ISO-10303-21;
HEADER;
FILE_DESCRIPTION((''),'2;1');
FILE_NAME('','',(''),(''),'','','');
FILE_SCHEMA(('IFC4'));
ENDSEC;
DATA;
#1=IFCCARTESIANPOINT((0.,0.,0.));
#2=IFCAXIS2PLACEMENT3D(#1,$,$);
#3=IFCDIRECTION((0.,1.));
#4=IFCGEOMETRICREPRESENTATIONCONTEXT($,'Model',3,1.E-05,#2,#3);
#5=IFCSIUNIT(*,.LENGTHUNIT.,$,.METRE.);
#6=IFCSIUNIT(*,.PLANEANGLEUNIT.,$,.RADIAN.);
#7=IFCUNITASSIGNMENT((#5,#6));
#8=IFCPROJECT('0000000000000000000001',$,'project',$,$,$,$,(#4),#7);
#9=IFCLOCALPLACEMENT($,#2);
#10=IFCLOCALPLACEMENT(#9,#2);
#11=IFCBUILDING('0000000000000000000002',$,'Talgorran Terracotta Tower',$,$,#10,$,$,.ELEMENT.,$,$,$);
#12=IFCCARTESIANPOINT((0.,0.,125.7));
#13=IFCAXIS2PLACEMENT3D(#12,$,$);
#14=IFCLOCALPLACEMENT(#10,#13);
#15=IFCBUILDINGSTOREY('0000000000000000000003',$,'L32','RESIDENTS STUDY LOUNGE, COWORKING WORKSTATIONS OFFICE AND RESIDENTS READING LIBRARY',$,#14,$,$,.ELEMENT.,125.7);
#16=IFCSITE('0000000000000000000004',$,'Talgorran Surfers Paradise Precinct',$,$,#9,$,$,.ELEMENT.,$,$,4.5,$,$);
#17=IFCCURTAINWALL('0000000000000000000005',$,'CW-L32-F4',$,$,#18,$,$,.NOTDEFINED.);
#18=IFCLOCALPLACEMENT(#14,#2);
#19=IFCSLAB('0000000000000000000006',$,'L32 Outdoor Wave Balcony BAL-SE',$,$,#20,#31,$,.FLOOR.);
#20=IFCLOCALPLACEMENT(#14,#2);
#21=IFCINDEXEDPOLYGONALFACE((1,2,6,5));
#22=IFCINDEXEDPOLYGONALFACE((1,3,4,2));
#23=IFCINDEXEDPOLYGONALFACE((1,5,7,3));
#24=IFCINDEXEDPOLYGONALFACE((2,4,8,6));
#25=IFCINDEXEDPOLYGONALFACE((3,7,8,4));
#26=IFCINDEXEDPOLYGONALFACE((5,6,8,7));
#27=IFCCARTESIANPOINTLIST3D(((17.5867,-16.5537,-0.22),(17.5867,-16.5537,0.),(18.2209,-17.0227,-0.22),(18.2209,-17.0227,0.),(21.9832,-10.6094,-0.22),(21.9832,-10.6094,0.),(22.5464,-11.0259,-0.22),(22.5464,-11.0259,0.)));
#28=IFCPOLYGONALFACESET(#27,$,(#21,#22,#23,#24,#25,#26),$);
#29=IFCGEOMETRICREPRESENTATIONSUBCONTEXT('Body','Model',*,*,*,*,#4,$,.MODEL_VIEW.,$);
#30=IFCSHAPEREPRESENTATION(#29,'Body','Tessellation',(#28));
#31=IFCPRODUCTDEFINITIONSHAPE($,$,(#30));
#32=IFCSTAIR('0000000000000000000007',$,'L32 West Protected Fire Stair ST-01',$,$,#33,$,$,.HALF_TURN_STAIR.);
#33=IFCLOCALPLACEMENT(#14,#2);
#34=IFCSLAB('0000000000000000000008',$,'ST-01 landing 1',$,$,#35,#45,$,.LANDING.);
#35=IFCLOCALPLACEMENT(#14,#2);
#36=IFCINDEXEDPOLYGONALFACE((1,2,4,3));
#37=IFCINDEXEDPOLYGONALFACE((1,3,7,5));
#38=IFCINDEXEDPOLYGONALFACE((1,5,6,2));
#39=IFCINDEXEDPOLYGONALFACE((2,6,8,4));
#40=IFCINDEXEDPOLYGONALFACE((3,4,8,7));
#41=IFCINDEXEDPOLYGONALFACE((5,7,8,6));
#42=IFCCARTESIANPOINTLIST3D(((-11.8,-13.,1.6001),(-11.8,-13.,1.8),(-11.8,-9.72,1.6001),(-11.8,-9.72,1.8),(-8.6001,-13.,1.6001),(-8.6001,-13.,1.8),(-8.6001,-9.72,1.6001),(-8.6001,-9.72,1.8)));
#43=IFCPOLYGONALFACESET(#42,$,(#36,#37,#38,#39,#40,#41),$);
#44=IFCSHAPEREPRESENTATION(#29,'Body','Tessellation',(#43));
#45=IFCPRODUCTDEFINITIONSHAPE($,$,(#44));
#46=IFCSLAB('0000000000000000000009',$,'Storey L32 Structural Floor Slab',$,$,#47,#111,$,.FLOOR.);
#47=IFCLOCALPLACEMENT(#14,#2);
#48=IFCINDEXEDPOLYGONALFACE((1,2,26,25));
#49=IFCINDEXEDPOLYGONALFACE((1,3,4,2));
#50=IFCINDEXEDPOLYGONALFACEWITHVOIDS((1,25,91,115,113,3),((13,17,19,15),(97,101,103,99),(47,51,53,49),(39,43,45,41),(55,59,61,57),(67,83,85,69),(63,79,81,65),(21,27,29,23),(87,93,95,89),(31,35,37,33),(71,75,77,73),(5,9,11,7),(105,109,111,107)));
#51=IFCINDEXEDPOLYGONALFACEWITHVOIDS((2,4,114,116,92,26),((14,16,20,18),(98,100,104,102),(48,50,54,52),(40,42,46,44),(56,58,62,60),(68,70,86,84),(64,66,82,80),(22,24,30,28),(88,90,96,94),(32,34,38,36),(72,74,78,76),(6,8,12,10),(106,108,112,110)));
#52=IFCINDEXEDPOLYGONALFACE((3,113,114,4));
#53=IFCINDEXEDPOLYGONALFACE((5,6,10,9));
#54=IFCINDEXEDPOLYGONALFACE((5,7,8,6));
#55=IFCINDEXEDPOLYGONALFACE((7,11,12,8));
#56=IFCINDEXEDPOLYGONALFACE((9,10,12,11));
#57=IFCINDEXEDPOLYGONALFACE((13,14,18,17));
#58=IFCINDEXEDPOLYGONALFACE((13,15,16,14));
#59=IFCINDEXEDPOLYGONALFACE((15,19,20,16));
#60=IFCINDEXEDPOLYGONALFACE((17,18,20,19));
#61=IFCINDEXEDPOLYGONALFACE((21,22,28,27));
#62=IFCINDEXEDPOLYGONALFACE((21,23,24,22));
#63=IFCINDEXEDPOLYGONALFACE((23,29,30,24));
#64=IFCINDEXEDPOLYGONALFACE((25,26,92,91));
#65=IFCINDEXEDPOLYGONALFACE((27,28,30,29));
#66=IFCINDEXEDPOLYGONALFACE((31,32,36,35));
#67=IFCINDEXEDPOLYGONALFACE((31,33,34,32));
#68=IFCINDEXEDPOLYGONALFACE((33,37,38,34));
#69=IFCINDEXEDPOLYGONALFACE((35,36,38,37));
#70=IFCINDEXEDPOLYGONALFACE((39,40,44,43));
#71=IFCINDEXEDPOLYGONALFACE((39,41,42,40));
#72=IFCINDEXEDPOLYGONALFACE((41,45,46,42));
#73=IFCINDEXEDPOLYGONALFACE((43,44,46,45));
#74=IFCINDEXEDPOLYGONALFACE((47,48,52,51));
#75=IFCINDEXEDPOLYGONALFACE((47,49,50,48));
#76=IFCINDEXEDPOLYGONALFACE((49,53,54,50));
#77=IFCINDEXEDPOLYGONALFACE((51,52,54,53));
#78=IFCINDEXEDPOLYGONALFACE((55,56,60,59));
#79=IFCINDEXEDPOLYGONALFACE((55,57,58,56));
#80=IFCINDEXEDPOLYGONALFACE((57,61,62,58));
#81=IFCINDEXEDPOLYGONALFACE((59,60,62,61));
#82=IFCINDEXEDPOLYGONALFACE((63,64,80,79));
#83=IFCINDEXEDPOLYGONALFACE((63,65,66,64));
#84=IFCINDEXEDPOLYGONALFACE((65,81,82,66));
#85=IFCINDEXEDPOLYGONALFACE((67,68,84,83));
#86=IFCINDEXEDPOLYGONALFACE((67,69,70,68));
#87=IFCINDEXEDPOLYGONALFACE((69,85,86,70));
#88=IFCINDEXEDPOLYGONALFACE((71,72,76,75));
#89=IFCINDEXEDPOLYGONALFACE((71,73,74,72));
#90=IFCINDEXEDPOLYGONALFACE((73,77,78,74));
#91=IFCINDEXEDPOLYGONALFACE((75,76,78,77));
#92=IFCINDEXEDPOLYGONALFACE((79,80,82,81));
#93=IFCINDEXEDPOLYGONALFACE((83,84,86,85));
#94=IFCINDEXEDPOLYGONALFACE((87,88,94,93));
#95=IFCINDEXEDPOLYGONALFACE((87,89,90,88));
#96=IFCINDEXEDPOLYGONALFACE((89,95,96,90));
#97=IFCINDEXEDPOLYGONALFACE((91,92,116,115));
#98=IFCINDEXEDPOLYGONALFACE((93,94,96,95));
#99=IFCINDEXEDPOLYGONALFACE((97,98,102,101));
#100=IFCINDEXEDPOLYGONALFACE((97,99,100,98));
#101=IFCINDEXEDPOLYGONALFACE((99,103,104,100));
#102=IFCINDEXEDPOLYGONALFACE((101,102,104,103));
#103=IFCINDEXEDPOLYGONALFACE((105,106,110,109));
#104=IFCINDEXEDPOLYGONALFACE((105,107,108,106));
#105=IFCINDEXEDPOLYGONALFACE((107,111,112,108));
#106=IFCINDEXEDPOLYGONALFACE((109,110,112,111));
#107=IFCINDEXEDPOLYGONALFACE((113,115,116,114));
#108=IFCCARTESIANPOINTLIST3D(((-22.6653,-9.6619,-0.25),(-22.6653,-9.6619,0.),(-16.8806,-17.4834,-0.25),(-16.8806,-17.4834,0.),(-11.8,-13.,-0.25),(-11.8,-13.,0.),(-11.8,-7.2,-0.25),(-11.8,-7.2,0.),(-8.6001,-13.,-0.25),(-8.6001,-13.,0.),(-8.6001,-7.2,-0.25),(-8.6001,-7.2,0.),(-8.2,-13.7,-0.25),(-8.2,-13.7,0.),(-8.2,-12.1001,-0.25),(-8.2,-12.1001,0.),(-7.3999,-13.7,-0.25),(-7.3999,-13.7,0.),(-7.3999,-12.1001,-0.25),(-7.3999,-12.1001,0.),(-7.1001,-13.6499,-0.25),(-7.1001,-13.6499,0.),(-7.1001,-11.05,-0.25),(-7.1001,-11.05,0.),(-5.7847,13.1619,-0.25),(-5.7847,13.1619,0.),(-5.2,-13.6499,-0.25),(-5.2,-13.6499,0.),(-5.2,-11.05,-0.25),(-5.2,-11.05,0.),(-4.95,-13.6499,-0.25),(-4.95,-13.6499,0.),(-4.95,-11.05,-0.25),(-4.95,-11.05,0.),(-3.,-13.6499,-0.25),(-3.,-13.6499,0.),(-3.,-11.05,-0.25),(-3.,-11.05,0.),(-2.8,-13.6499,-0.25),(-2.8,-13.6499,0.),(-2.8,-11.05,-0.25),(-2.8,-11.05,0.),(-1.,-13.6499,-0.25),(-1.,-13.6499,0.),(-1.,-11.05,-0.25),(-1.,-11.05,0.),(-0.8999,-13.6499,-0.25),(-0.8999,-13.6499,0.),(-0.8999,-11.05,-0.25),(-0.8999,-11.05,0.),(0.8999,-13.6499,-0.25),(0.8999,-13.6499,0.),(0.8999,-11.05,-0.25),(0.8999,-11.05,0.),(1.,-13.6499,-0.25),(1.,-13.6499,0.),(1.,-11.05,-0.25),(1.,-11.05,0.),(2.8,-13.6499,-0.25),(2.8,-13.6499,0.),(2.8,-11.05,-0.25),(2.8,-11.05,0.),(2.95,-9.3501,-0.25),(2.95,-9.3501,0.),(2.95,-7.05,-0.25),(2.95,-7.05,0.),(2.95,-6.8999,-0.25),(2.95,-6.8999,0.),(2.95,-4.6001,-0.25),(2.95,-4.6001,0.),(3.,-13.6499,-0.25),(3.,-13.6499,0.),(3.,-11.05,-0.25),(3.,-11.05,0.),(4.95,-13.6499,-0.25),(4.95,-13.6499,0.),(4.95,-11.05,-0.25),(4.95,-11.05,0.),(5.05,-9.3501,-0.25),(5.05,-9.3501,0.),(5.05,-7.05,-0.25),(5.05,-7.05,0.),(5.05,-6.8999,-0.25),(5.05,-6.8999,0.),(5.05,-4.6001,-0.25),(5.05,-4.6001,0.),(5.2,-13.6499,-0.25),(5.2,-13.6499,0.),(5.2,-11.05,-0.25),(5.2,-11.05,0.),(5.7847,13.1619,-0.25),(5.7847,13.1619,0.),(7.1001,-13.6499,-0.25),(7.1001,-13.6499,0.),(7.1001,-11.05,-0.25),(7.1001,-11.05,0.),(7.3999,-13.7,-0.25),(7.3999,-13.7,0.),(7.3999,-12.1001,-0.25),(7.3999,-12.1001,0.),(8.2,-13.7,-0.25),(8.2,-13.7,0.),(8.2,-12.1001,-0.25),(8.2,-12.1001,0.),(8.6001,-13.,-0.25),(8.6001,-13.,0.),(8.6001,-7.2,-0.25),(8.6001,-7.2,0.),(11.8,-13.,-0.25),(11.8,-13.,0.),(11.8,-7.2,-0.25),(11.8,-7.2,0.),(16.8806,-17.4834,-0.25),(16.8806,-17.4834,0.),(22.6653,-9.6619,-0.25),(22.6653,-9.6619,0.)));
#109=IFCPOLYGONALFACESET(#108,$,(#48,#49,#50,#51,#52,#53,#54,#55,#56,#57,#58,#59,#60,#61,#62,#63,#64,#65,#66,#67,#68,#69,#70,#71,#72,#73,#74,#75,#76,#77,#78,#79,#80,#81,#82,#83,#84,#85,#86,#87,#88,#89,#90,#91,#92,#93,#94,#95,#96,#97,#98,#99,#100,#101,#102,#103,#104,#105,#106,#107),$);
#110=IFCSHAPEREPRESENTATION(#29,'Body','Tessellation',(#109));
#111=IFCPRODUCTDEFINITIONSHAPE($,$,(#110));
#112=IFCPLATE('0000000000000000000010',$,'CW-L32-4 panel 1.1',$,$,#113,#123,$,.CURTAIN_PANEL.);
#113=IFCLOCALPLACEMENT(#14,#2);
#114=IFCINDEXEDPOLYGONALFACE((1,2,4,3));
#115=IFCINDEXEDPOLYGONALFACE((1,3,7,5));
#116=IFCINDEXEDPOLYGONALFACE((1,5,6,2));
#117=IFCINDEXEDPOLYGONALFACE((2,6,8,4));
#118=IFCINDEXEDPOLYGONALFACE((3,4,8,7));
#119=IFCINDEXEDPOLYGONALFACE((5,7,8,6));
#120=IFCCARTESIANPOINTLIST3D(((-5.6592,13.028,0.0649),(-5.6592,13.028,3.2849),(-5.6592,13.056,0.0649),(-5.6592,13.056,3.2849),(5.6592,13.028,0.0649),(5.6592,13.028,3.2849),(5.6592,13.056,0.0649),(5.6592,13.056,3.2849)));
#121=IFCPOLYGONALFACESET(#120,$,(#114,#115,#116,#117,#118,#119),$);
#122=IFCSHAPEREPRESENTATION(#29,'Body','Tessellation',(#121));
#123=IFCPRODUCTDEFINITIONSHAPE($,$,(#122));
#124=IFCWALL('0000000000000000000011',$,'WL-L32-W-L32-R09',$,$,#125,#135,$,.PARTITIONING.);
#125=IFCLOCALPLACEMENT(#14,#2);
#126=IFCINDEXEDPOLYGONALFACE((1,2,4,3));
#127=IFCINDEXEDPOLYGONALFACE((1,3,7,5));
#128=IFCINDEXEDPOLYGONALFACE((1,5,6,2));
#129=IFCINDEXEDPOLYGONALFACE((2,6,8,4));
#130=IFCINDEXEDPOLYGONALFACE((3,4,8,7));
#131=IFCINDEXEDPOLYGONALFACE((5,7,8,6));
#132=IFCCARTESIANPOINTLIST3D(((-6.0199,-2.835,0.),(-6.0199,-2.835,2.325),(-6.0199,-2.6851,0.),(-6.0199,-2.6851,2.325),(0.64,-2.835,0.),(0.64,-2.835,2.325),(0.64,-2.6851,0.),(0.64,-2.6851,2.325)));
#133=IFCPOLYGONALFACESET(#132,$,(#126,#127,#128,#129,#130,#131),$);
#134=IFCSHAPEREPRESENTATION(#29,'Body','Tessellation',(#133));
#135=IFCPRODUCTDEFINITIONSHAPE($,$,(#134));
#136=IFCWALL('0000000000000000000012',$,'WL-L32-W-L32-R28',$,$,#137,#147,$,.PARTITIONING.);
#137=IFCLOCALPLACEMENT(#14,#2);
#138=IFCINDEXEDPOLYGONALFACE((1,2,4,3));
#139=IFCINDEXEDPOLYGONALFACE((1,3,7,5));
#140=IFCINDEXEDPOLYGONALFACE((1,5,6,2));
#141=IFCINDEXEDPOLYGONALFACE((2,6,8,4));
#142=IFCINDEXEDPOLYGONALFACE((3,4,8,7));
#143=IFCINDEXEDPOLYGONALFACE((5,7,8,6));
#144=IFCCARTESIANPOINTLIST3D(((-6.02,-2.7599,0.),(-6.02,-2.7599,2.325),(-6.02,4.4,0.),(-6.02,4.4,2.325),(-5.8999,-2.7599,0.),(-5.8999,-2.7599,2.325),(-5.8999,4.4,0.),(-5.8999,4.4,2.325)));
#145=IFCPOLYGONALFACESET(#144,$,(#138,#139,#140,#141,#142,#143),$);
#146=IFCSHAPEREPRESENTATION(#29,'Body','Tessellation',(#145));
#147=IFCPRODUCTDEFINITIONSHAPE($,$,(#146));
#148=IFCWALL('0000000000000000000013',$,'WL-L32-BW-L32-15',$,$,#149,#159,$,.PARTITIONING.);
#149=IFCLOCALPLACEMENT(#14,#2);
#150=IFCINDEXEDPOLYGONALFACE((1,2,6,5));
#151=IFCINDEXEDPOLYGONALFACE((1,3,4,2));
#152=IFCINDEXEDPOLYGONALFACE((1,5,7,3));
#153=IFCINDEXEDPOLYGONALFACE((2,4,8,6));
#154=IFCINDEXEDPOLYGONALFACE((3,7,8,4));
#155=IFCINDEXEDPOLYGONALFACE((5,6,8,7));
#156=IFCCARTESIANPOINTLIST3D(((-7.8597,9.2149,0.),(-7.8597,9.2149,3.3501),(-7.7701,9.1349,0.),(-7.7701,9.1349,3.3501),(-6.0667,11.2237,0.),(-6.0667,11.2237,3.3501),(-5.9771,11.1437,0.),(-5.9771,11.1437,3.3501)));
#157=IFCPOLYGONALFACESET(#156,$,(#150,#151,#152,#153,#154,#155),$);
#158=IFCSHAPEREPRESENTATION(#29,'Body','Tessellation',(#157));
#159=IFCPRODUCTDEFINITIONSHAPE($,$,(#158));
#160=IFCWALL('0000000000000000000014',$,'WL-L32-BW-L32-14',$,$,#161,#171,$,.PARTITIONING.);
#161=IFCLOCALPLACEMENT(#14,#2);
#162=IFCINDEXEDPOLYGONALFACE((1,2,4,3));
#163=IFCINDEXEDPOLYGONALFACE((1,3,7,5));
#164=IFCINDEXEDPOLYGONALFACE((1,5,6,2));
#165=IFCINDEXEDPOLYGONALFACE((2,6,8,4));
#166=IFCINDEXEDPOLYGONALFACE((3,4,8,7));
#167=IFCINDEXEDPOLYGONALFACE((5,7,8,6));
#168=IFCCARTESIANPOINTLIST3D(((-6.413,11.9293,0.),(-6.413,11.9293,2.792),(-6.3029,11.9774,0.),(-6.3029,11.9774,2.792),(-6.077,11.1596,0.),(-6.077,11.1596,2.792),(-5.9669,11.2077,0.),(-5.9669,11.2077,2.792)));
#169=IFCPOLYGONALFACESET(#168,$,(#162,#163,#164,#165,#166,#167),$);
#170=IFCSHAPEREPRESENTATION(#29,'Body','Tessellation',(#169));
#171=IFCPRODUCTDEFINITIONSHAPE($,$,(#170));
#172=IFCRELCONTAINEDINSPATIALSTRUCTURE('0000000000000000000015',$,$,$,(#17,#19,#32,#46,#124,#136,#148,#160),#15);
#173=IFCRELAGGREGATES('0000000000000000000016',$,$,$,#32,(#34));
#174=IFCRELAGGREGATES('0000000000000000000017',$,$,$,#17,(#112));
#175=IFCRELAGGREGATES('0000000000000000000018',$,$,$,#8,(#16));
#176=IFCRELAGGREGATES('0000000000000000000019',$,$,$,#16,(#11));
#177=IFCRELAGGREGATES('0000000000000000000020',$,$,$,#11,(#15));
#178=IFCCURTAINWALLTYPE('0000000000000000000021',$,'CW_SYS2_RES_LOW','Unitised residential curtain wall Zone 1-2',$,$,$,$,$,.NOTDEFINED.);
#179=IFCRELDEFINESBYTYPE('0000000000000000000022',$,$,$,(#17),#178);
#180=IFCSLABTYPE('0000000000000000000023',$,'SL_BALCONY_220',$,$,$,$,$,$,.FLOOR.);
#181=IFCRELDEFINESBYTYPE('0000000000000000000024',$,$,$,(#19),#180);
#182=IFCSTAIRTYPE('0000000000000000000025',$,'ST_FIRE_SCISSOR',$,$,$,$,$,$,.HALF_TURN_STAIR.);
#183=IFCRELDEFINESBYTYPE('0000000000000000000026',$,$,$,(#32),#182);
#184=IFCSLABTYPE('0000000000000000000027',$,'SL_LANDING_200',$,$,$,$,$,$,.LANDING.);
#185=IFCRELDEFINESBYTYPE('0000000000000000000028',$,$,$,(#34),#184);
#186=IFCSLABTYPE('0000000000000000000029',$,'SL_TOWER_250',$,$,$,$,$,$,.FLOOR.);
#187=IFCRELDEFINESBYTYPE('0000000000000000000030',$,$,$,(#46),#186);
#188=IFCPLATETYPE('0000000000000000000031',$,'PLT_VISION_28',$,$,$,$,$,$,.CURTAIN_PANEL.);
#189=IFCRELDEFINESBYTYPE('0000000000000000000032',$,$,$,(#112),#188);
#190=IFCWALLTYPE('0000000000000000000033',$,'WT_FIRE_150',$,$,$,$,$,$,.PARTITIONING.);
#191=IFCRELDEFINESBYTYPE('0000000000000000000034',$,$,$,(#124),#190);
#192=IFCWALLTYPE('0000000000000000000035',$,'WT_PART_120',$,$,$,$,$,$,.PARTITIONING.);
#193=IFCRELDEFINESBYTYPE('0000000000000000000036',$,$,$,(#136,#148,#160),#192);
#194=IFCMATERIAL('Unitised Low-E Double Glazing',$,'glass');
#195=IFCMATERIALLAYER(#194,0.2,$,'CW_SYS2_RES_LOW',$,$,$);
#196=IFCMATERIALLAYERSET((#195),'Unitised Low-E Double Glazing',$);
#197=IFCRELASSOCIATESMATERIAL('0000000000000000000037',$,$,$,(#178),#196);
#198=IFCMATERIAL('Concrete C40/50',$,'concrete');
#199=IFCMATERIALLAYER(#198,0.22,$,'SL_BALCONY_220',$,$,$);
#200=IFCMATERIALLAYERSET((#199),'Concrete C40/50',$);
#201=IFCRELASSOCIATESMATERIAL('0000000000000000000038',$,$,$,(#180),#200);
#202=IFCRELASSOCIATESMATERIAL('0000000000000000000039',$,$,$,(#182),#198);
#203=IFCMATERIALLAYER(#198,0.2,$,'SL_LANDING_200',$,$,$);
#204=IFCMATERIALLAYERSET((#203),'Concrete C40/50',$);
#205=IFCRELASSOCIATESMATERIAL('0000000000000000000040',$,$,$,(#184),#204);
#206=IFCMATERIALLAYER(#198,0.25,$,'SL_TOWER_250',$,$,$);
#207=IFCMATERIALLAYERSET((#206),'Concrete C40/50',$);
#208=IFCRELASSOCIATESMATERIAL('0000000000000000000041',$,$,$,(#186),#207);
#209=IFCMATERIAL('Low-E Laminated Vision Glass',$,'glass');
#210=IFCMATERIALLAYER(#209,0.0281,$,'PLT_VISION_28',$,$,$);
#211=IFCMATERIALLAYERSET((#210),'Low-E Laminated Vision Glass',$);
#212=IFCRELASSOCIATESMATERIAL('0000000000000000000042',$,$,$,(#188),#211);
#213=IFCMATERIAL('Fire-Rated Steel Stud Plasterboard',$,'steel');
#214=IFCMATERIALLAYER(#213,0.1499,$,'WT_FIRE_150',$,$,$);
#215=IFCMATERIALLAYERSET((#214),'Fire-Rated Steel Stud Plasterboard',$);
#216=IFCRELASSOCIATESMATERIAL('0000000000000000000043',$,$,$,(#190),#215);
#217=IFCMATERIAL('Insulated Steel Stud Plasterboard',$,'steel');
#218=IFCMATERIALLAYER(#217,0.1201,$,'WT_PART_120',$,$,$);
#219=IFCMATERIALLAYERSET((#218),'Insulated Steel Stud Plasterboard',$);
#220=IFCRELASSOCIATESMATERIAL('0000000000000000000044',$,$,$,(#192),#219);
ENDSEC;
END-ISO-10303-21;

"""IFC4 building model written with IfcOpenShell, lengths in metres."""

from ifc_helpers import new_model, si_unit, direction, frame, frame_2d, origin, origin_2d, place, context, subcontext, project, spatial, polyline, rectangle, outline, extrude, source, transform, mapped, material, layer, layer_set, type_object, type_shapes, element, aggregate, save


model = new_model("IFC4")

# Units and contexts
model_context = context("Model", 3, precision=1e-05, world=origin(), true_north=direction((0.0, 1.0)))
body_context = subcontext(model_context, "Body", "Model", "MODEL_VIEW")
ifc_project = project(units=[si_unit("LENGTHUNIT", "METRE"), si_unit("PLANEANGLEUNIT", "RADIAN")], contexts=[model_context])

# Site, building, storey
site_placement = place(None, origin())
site = spatial("IfcSite", under=ifc_project, at=site_placement, Name="Talgorran Surfers Paradise Precinct", CompositionType="ELEMENT", RefElevation=4.5)
building_placement = place(site_placement, origin())
building = spatial("IfcBuilding", under=site, at=building_placement, Name="Talgorran Terracotta Tower", CompositionType="ELEMENT")
storey_placement = place(building_placement, frame((0.0, 0.0, 125.7)))
storey = spatial("IfcBuildingStorey", under=building, at=storey_placement, Name="L32", Description="RESIDENTS STUDY LOUNGE, COWORKING WORKSTATIONS OFFICE AND RESIDENTS READING LIBRARY", CompositionType="ELEMENT", Elevation=125.7)

# Curtain wall
ifc_material_1 = material(Name="Unitised Low-E Double Glazing", Category="glass")
ifc_layer_1 = layer(ifc_material_1, 0.2, Name="CW_SYS2_RES_LOW")
ifc_layer_set_1 = layer_set([ifc_layer_1], Name="Unitised Low-E Double Glazing")
curtain_wall_type = type_object("IfcCurtainWallType", Name="CW_SYS2_RES_LOW", Description="Unitised residential curtain wall Zone 1-2", PredefinedType="NOTDEFINED", material=ifc_layer_set_1)
curtain_wall_1_placement = place(storey_placement, origin())
curtain_wall_1 = element("IfcCurtainWall", 1, at=curtain_wall_1_placement, inside=storey, type_object=curtain_wall_type, Name="CW-L32-F4", PredefinedType="NOTDEFINED")

# Slab
ifc_material_2 = material(Name="Concrete C40/50", Category="concrete")
ifc_layer_2 = layer(ifc_material_2, 0.22, Name="SL_BALCONY_220")
ifc_layer_set_2 = layer_set([ifc_layer_2], Name="Concrete C40/50")
slab_type_1 = type_object("IfcSlabType", Name="SL_BALCONY_220", PredefinedType="FLOOR", material=ifc_layer_set_2)
slab_1_placement = place(storey_placement, frame((0.0, 0.0, -0.22)))
element("IfcSlab", 2, at=slab_1_placement, inside=storey, type_object=slab_type_1, Name="L32 Outdoor Wave Balcony BAL-SE", PredefinedType="FLOOR", context=body_context, shape_type="SweptSolid", body=[
    extrude(outline(polyline([(21.9832, -10.6094), (17.5867, -16.5537), (18.2209, -17.0227), (22.5464, -11.0259), (21.9832, -10.6094)])), origin(), (0.0, 0.0, 1.0), 0.22),
])

# Stair, slab
stair_type = type_object("IfcStairType", Name="ST_FIRE_SCISSOR", PredefinedType="HALF_TURN_STAIR", material=ifc_material_2)
stair_placement = place(storey_placement, origin())
stair = element("IfcStair", 3, at=stair_placement, inside=storey, type_object=stair_type, Name="L32 West Protected Fire Stair ST-01", PredefinedType="HALF_TURN_STAIR")
ifc_layer_3 = layer(ifc_material_2, 0.2, Name="SL_LANDING_200")
ifc_layer_set_3 = layer_set([ifc_layer_3], Name="Concrete C40/50")
slab_type_2 = type_object("IfcSlabType", Name="SL_LANDING_200", PredefinedType="LANDING", material=ifc_layer_set_3)
slab_2_placement = place(storey_placement, frame((0.0, 0.0, 1.6001)))
slab_2 = element("IfcSlab", 4, at=slab_2_placement, type_object=slab_type_2, Name="ST-01 landing 1", PredefinedType="LANDING", context=body_context, shape_type="SweptSolid", body=[
    extrude(outline(polyline([(-11.8, -9.72), (-11.8, -13.0), (-8.6001, -13.0), (-8.6001, -9.72), (-11.8, -9.72)])), origin(), (0.0, 0.0, 1.0), 0.2),
])
aggregate(stair, [slab_2])

# Slab
ifc_layer_4 = layer(ifc_material_2, 0.25, Name="SL_TOWER_250")
ifc_layer_set_4 = layer_set([ifc_layer_4], Name="Concrete C40/50")
slab_type_3 = type_object("IfcSlabType", Name="SL_TOWER_250", PredefinedType="FLOOR", material=ifc_layer_set_4)
slab_3_placement = place(storey_placement, frame((0.0, 0.0, -0.25)))
element("IfcSlab", 5, at=slab_3_placement, inside=storey, type_object=slab_type_3, Name="Storey L32 Structural Floor Slab", PredefinedType="FLOOR", context=body_context, shape_type="SweptSolid", body=[
    extrude(outline(polyline([(-22.6653, -9.6619), (-16.8806, -17.4834), (16.8806, -17.4834), (22.6653, -9.6619), (5.7847, 13.1619), (-5.7847, 13.1619), (-22.6653, -9.6619)]), holes=[polyline([(-11.8, -7.2), (-11.8, -13.0), (-8.6001, -13.0), (-8.6001, -7.2), (-11.8, -7.2)]), polyline([(8.6001, -7.2), (8.6001, -13.0), (11.8, -13.0), (11.8, -7.2), (8.6001, -7.2)]), polyline([(-7.1001, -13.6499), (-5.2, -13.6499), (-5.2, -11.05), (-7.1001, -11.05), (-7.1001, -13.6499)]), polyline([(5.2, -13.6499), (7.1001, -13.6499), (7.1001, -11.05), (5.2, -11.05), (5.2, -13.6499)]), polyline([(3.0, -13.6499), (4.95, -13.6499), (4.95, -11.05), (3.0, -11.05), (3.0, -13.6499)]), polyline([(-4.95, -13.6499), (-3.0, -13.6499), (-3.0, -11.05), (-4.95, -11.05), (-4.95, -13.6499)]), polyline([(2.95, -9.3501), (5.05, -9.3501), (5.05, -7.05), (2.95, -7.05), (2.95, -9.3501)]), polyline([(2.95, -6.8999), (5.05, -6.8999), (5.05, -4.6001), (2.95, -4.6001), (2.95, -6.8999)]), polyline([(-2.8, -13.6499), (-1.0, -13.6499), (-1.0, -11.05), (-2.8, -11.05), (-2.8, -13.6499)]), polyline([(-0.8999, -13.6499), (0.8999, -13.6499), (0.8999, -11.05), (-0.8999, -11.05), (-0.8999, -13.6499)]), polyline([(1.0, -13.6499), (2.8, -13.6499), (2.8, -11.05), (1.0, -11.05), (1.0, -13.6499)]), polyline([(-8.2, -13.7), (-7.3999, -13.7), (-7.3999, -12.1001), (-8.2, -12.1001), (-8.2, -13.7)]), polyline([(7.3999, -13.7), (8.2, -13.7), (8.2, -12.1001), (7.3999, -12.1001), (7.3999, -13.7)])]), origin(), (0.0, 0.0, 1.0), 0.25),
])

# Plate
ifc_material_3 = material(Name="Low-E Laminated Vision Glass", Category="glass")
ifc_layer_5 = layer(ifc_material_3, 0.0281, Name="PLT_VISION_28")
ifc_layer_set_5 = layer_set([ifc_layer_5], Name="Low-E Laminated Vision Glass")
plate_type_1 = type_object("IfcPlateType", Name="PLT_VISION_28", PredefinedType="CURTAIN_PANEL", material=ifc_layer_set_5)
shared_shape = source(origin(), body_context, "Body", "SweptSolid", [
    extrude(rectangle(XDim=11.3184, YDim=0.0281, at=origin_2d()), origin(), (0.0, 0.0, 1.0), 3.22),
])
type_shapes(plate_type_1, [shared_shape])
plate_1_placement = place(storey_placement, frame((0.0, 13.042, 0.0649), z_axis=(0.0, 0.0, 1.0), x_axis=(-1.0, 0.0, 0.0)))
plate_1 = element("IfcPlate", 6, at=plate_1_placement, type_object=plate_type_1, Name="CW-L32-4 panel 1.1", PredefinedType="CURTAIN_PANEL", context=body_context, shape_type="MappedRepresentation", body=[
    mapped(shared_shape, transform((0.0, 0.0, 0.0), scale=1.0)),
])
aggregate(curtain_wall_1, [plate_1])

# Walls
ifc_material_4 = material(Name="Fire-Rated Steel Stud Plasterboard", Category="steel")
ifc_layer_6 = layer(ifc_material_4, 0.1499, Name="WT_FIRE_150")
ifc_layer_set_6 = layer_set([ifc_layer_6], Name="Fire-Rated Steel Stud Plasterboard")
wall_type_1 = type_object("IfcWallType", Name="WT_FIRE_150", PredefinedType="PARTITIONING", material=ifc_layer_set_6)
wall_1_placement = place(storey_placement, frame((-6.02, -2.76, 0.0), z_axis=(0.0, 0.0, 1.0), x_axis=(1.0, 0.0, 0.0)))
element("IfcWall", 7, at=wall_1_placement, inside=storey, type_object=wall_type_1, Name="WL-L32-W-L32-R09", PredefinedType="PARTITIONING", context=body_context, shape_type="SweptSolid", body=[
    extrude(rectangle(XDim=6.6599, YDim=0.1499, at=frame_2d((3.3301, 0.0))), origin(), (0.0, 0.0, 1.0), 2.325),
])
ifc_material_5 = material(Name="Insulated Steel Stud Plasterboard", Category="steel")
ifc_layer_7 = layer(ifc_material_5, 0.1201, Name="WT_PART_120")
ifc_layer_set_7 = layer_set([ifc_layer_7], Name="Insulated Steel Stud Plasterboard")
wall_type_2 = type_object("IfcWallType", Name="WT_PART_120", PredefinedType="PARTITIONING", material=ifc_layer_set_7)
wall_2_placement = place(storey_placement, frame((-5.96, -2.76, 0.0), z_axis=(0.0, 0.0, 1.0), x_axis=(0.0, 1.0, 0.0)))
element("IfcWall", 8, at=wall_2_placement, inside=storey, type_object=wall_type_2, Name="WL-L32-W-L32-R28", PredefinedType="PARTITIONING", context=body_context, shape_type="SweptSolid", body=[
    extrude(rectangle(XDim=7.1599, YDim=0.1201, at=frame_2d((3.5801, 0.0))), origin(), (0.0, 0.0, 1.0), 2.325),
])
wall_3_placement = place(storey_placement, frame((-6.022, 11.1836, 0.0), z_axis=(0.0, 0.0, 1.0), x_axis=(-0.665893, -0.746047, 0.0)))
element("IfcWall", 9, at=wall_3_placement, inside=storey, type_object=wall_type_2, Name="WL-L32-BW-L32-15", PredefinedType="PARTITIONING", context=body_context, shape_type="SweptSolid", body=[
    extrude(rectangle(XDim=2.6926, YDim=0.1201, at=frame_2d((1.3462, 0.0))), origin(), (0.0, 0.0, 1.0), 3.3501),
])
wall_4_placement = place(storey_placement, frame((-6.3579, 11.9534, 0.0), z_axis=(0.0, 0.0, 1.0), x_axis=(0.39998, -0.916524, 0.0)))
element("IfcWall", 10, at=wall_4_placement, inside=storey, type_object=wall_type_2, Name="WL-L32-BW-L32-14", PredefinedType="PARTITIONING", context=body_context, shape_type="SweptSolid", body=[
    extrude(rectangle(XDim=0.8398, YDim=0.1201, at=frame_2d((0.4199, 0.0))), origin(), (0.0, 0.0, 1.0), 2.792),
])

save(model, "model.ifc")
